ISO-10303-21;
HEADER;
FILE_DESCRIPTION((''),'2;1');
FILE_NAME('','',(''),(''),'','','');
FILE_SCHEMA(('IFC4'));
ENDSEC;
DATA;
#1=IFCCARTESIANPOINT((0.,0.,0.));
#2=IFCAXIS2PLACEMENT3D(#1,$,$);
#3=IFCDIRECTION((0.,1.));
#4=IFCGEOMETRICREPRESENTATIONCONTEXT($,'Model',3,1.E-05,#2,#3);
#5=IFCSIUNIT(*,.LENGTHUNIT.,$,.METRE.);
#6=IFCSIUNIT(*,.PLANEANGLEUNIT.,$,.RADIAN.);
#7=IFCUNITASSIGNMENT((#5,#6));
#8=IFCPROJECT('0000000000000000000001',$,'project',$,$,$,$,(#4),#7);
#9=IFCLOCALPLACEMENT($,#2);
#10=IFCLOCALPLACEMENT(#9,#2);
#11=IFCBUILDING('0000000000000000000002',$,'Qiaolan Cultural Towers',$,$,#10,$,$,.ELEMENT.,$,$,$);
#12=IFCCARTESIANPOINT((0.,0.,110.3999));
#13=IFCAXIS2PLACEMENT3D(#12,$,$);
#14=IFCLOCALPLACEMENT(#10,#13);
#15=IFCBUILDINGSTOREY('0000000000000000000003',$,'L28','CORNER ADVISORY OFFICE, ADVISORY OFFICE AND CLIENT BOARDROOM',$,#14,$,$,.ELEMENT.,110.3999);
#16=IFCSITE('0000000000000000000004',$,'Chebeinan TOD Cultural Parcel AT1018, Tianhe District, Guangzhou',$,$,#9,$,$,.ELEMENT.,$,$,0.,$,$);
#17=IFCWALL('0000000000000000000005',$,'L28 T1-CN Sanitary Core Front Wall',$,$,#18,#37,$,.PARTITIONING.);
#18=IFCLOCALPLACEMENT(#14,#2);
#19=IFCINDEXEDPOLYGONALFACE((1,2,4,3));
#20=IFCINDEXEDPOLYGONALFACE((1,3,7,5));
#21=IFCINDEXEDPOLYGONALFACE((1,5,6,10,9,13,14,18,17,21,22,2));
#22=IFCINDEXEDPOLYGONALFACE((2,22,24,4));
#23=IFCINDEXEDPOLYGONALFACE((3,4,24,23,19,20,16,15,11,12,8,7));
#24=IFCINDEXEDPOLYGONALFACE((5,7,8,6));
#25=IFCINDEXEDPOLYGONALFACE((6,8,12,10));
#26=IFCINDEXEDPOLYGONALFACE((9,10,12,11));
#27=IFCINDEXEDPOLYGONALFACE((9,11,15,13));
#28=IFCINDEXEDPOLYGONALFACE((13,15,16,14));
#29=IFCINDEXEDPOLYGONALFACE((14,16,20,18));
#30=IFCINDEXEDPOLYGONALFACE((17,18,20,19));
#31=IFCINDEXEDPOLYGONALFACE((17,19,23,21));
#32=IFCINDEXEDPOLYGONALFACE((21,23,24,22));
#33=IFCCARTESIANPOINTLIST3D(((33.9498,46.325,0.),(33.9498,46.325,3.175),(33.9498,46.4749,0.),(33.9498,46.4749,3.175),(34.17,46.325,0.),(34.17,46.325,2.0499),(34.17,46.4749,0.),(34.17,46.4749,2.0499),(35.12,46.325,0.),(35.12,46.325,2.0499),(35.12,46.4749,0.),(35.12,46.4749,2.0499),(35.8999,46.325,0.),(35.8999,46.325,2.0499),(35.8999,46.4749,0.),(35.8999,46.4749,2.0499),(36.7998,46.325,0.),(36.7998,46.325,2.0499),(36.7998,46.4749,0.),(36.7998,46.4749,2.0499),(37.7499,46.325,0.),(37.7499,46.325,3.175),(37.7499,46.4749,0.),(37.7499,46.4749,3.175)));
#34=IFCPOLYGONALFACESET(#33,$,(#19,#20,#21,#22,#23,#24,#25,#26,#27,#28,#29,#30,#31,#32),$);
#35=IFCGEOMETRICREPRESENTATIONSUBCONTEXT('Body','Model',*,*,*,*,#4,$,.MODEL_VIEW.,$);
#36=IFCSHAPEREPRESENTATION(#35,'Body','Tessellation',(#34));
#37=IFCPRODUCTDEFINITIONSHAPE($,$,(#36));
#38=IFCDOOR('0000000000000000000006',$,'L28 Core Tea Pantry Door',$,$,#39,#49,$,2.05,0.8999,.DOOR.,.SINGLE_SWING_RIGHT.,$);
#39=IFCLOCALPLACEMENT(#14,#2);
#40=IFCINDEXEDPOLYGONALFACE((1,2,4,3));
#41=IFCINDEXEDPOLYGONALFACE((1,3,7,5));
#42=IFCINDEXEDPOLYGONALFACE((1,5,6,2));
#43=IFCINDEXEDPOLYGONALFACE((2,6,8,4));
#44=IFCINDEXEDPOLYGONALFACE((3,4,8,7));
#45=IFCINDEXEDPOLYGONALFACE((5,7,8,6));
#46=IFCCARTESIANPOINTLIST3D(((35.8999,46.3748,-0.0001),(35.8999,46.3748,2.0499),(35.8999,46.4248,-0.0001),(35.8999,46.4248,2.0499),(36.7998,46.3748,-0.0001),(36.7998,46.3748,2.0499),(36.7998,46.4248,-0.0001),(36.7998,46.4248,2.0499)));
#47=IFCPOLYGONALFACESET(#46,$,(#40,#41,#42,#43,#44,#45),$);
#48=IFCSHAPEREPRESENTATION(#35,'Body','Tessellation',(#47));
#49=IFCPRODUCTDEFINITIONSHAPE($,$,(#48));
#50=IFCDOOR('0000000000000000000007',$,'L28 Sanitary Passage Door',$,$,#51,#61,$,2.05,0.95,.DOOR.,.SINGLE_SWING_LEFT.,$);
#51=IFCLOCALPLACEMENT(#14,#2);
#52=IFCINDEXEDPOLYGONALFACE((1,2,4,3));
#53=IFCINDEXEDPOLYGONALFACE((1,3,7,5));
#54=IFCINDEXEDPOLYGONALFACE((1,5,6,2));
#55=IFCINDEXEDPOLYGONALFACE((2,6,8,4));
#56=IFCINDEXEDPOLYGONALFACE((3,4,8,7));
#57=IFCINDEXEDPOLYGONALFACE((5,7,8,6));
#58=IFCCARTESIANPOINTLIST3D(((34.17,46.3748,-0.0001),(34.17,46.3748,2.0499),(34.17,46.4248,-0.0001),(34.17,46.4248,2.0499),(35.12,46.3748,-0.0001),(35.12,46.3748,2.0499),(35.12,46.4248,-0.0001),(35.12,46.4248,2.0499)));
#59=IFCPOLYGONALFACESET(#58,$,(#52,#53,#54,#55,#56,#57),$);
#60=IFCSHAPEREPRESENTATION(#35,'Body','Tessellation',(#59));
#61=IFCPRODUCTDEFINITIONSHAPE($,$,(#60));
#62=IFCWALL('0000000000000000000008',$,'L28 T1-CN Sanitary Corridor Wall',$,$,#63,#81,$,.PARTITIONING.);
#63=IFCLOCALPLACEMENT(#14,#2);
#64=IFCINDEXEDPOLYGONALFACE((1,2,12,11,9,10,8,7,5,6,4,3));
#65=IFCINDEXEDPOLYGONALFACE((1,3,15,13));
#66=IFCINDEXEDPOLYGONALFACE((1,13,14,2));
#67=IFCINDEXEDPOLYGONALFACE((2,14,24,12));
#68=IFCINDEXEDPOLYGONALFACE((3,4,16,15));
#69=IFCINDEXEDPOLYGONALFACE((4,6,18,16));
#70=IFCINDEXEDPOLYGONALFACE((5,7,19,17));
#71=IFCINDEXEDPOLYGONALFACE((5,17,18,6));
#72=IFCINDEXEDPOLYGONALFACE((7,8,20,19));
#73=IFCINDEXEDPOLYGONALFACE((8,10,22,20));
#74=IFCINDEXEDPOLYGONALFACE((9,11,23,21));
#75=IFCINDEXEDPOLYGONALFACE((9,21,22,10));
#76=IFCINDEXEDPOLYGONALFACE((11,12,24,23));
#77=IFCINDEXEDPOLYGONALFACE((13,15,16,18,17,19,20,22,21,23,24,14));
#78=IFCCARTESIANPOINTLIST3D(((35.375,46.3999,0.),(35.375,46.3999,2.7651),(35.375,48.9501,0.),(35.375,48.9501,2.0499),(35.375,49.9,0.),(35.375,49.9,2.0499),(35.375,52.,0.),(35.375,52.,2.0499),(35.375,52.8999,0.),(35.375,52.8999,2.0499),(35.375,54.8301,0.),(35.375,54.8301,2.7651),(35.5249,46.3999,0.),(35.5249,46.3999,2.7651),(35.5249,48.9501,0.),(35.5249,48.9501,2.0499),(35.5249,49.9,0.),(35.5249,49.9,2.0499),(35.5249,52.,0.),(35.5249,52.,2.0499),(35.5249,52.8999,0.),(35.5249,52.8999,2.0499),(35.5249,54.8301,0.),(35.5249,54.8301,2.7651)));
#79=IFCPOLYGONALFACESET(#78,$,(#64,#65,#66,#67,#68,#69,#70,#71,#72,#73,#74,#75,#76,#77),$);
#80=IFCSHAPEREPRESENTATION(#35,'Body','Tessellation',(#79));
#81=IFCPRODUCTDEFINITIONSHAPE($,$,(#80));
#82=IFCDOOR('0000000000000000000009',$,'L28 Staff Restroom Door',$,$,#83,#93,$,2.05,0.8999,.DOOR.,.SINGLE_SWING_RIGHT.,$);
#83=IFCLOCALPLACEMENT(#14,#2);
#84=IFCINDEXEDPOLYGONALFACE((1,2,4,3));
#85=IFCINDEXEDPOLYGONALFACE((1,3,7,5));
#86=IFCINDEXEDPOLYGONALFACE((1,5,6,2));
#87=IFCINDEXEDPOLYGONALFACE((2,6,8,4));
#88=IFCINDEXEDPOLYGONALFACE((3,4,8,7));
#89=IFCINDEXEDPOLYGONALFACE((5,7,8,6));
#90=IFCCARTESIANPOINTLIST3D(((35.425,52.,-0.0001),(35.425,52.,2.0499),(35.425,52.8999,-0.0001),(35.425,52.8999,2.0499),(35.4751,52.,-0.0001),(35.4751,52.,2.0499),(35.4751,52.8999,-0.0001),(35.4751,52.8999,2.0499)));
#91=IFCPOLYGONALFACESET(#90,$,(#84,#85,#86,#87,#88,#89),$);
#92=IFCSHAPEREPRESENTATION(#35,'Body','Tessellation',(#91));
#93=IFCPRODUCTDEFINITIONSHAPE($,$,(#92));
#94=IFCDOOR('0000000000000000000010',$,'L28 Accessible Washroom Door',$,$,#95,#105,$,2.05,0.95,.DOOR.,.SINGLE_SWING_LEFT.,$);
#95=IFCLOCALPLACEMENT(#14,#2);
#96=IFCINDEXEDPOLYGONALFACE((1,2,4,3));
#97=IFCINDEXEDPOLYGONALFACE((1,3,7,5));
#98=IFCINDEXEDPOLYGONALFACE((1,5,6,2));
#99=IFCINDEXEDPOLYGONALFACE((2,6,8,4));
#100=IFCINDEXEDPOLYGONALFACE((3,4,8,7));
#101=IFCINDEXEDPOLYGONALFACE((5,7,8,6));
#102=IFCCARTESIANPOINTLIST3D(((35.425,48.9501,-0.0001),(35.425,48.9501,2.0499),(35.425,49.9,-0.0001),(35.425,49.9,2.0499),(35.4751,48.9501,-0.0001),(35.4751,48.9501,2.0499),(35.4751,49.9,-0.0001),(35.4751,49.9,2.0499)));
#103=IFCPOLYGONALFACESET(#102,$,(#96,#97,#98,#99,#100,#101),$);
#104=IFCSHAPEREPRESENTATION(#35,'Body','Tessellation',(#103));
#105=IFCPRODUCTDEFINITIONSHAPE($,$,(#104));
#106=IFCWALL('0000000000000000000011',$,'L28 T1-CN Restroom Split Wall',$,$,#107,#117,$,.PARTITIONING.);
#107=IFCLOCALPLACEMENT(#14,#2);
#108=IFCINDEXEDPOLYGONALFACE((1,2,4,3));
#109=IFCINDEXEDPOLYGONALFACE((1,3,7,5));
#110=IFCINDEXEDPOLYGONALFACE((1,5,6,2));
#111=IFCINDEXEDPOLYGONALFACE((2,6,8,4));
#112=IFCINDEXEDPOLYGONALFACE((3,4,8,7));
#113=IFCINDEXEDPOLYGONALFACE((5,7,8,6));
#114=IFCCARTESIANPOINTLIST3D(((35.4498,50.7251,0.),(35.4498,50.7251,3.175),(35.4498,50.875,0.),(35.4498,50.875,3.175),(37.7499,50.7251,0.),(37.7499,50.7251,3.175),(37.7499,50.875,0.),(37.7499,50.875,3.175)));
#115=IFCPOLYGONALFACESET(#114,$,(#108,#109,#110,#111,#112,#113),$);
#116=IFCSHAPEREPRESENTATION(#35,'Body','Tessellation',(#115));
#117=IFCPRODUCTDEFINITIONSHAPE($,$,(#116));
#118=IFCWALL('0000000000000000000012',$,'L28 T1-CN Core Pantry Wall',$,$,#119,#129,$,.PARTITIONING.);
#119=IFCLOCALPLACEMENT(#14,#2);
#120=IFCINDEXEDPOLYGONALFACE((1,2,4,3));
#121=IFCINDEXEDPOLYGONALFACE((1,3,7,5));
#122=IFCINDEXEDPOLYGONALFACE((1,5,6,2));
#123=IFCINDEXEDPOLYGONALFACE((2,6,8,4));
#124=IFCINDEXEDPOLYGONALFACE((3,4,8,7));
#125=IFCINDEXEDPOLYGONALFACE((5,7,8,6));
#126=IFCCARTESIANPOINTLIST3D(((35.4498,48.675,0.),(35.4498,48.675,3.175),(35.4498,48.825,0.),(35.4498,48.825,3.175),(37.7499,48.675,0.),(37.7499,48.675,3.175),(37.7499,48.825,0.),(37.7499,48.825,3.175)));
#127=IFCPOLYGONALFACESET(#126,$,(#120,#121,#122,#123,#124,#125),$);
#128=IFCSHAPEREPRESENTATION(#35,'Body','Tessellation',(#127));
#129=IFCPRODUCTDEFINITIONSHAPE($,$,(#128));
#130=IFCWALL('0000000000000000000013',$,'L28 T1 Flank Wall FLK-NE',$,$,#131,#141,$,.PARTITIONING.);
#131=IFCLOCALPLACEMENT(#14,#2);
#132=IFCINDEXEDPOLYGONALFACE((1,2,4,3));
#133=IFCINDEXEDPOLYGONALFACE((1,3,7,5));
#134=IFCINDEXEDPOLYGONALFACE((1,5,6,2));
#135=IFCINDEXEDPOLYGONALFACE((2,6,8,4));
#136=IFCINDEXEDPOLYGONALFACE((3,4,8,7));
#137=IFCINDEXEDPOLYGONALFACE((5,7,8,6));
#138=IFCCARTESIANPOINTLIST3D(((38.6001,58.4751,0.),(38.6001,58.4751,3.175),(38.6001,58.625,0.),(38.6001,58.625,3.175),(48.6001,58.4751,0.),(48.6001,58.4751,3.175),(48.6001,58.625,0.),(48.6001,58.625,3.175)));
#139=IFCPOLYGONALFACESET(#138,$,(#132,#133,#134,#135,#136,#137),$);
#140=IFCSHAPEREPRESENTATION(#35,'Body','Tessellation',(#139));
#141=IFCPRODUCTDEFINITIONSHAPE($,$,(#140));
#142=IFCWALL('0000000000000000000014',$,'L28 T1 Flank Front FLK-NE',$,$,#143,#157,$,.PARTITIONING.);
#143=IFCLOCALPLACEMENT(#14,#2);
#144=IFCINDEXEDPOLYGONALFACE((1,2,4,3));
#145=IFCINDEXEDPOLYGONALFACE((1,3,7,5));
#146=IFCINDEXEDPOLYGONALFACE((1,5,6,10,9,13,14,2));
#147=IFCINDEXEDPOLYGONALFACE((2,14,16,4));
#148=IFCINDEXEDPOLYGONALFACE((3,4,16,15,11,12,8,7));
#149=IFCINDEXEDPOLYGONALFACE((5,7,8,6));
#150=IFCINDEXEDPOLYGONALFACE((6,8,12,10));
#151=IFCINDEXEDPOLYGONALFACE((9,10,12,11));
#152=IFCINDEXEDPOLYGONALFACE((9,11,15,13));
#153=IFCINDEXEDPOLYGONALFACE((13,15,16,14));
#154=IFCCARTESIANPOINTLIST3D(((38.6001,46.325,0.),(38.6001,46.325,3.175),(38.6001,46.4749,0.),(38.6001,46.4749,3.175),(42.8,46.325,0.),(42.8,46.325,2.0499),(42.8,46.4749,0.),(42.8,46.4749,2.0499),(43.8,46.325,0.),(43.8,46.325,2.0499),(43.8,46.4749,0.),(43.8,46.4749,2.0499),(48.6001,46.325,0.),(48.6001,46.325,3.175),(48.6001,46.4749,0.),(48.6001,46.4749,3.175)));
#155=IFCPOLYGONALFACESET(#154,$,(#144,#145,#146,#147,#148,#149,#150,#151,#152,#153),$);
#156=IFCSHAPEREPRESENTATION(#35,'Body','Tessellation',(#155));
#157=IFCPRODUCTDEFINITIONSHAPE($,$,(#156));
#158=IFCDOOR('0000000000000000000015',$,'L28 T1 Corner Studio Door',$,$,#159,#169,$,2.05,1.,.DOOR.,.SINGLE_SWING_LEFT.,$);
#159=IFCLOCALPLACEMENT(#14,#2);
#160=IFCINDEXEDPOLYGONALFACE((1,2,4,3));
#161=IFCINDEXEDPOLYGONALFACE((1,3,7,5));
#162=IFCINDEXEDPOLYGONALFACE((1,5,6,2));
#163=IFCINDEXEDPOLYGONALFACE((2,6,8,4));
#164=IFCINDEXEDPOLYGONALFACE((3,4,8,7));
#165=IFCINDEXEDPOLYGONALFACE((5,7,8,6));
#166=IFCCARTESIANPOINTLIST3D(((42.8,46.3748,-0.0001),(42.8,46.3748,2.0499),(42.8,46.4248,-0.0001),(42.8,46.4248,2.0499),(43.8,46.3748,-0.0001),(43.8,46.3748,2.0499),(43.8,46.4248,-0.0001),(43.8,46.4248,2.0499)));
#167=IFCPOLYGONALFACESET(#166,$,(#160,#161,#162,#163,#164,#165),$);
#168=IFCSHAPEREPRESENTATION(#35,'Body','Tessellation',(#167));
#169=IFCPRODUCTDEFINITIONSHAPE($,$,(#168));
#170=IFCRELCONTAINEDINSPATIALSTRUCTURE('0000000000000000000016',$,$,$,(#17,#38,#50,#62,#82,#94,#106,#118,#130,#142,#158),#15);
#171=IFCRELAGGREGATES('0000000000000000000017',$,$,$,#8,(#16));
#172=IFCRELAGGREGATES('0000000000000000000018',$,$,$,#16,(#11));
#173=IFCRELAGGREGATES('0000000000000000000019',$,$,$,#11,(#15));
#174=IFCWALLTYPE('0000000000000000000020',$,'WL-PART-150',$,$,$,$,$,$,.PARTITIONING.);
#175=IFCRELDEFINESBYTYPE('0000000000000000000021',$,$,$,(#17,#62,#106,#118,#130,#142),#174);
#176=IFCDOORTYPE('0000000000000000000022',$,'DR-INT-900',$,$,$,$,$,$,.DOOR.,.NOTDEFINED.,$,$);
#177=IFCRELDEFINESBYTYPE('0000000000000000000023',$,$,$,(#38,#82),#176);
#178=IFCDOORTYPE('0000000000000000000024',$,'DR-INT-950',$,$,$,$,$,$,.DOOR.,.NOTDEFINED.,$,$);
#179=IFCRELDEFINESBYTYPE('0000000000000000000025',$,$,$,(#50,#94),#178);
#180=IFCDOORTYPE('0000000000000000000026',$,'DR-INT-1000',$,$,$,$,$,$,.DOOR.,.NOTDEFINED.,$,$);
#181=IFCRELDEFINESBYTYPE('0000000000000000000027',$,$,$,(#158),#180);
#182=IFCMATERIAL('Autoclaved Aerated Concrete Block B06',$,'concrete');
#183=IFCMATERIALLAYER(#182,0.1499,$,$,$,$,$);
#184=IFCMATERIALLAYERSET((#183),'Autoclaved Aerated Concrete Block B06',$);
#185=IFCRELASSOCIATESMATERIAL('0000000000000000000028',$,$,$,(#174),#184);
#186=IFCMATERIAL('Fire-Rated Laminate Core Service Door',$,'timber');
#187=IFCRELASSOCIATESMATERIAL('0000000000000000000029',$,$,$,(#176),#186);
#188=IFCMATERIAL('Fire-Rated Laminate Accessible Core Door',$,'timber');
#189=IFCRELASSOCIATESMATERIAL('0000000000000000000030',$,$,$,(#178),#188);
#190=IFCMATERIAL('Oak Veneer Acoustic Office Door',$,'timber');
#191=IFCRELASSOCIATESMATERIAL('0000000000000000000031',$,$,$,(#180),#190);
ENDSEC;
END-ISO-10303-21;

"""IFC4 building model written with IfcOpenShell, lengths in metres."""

from ifc_helpers import new_model, si_unit, direction, frame, frame_2d, origin, place, context, subcontext, project, spatial, rectangle, extrude, material, layer, layer_set, type_object, element, fill, save


model = new_model("IFC4")

# Units and contexts
model_context = context("Model", 3, precision=1e-05, world=origin(), true_north=direction((0.0, 1.0)))
body_context = subcontext(model_context, "Body", "Model", "MODEL_VIEW")
ifc_project = project(units=[si_unit("LENGTHUNIT", "METRE"), si_unit("PLANEANGLEUNIT", "RADIAN")], contexts=[model_context])

# Site, building, storey
site_placement = place(None, origin())
site = spatial("IfcSite", under=ifc_project, at=site_placement, Name="Chebeinan TOD Cultural Parcel AT1018, Tianhe District, Guangzhou", CompositionType="ELEMENT", RefElevation=0.0)
building_placement = place(site_placement, origin())
building = spatial("IfcBuilding", under=site, at=building_placement, Name="Qiaolan Cultural Towers", CompositionType="ELEMENT")
storey_placement = place(building_placement, frame((0.0, 0.0, 110.3999)))
storey = spatial("IfcBuildingStorey", under=building, at=storey_placement, Name="L28", Description="CORNER ADVISORY OFFICE, ADVISORY OFFICE AND CLIENT BOARDROOM", CompositionType="ELEMENT", Elevation=110.3999)

# Walls, openings, doors
ifc_material_1 = material(Name="Autoclaved Aerated Concrete Block B06", Category="concrete")
ifc_layer_1 = layer(ifc_material_1, 0.1499)
ifc_layer_set_1 = layer_set([ifc_layer_1], Name="Autoclaved Aerated Concrete Block B06")
wall_type_1 = type_object("IfcWallType", Name="WL-PART-150", PredefinedType="PARTITIONING", material=ifc_layer_set_1)
wall_1_placement = place(storey_placement, frame((33.95, 46.3999, 0.0), z_axis=(0.0, 0.0, 1.0), x_axis=(1.0, 0.0, 0.0)))
wall_1 = element("IfcWall", 1, at=wall_1_placement, inside=storey, type_object=wall_type_1, Name="L28 T1-CN Sanitary Core Front Wall", PredefinedType="PARTITIONING", context=body_context, shape_type="SweptSolid", body=[
    extrude(rectangle(XDim=3.8, YDim=0.1499, at=frame_2d((1.8999, 0.0))), origin(), (0.0, 0.0, 1.0), 3.175),
])
opening_1_placement = place(wall_1_placement, frame((0.22, 0.0, 0.0)))
opening_1 = element("IfcOpeningElement", 2, at=opening_1_placement, cuts=wall_1, PredefinedType="OPENING", context=body_context, shape_type="SweptSolid", body=[
    extrude(rectangle(XDim=0.95, YDim=2.05, at=frame_2d((0.4751, 1.0249))), frame((0.0, 0.085, 0.0), z_axis=(0.0, -1.0, 0.0), x_axis=(1.0, 0.0, 0.0)), (0.0, 0.0, 1.0), 0.1699),
])
opening_2_placement = place(wall_1_placement, frame((1.95, 0.0, 0.0)))
opening_2 = element("IfcOpeningElement", 3, at=opening_2_placement, cuts=wall_1, PredefinedType="OPENING", context=body_context, shape_type="SweptSolid", body=[
    extrude(rectangle(XDim=0.8999, YDim=2.05, at=frame_2d((0.45, 1.0249))), frame((0.0, 0.085, 0.0), z_axis=(0.0, -1.0, 0.0), x_axis=(1.0, 0.0, 0.0)), (0.0, 0.0, 1.0), 0.1699),
])
ifc_material_2 = material(Name="Fire-Rated Laminate Core Service Door", Category="timber")
door_type_1 = type_object("IfcDoorType", Name="DR-INT-900", OperationType="NOTDEFINED", PredefinedType="DOOR", material=ifc_material_2)
door_1_placement = place(opening_2_placement, origin())
door_1 = element("IfcDoor", 4, at=door_1_placement, inside=storey, type_object=door_type_1, Name="L28 Core Tea Pantry Door", OperationType="SINGLE_SWING_RIGHT", OverallHeight=2.05, OverallWidth=0.8999, PredefinedType="DOOR", context=body_context, shape_type="SweptSolid", body=[
    extrude(rectangle(XDim=0.8999, YDim=2.05, at=frame_2d((0.45, 1.0249))), frame((0.0, 0.0249, 0.0), z_axis=(0.0, -1.0, 0.0), x_axis=(1.0, 0.0, 0.0)), (0.0, 0.0, 1.0), 0.05),
])
fill(opening_2, door_1)
ifc_material_3 = material(Name="Fire-Rated Laminate Accessible Core Door", Category="timber")
door_type_2 = type_object("IfcDoorType", Name="DR-INT-950", OperationType="NOTDEFINED", PredefinedType="DOOR", material=ifc_material_3)
door_2_placement = place(opening_1_placement, origin())
door_2 = element("IfcDoor", 5, at=door_2_placement, inside=storey, type_object=door_type_2, Name="L28 Sanitary Passage Door", OperationType="SINGLE_SWING_LEFT", OverallHeight=2.05, OverallWidth=0.95, PredefinedType="DOOR", context=body_context, shape_type="SweptSolid", body=[
    extrude(rectangle(XDim=0.95, YDim=2.05, at=frame_2d((0.4751, 1.0249))), frame((0.0, 0.0249, 0.0), z_axis=(0.0, -1.0, 0.0), x_axis=(1.0, 0.0, 0.0)), (0.0, 0.0, 1.0), 0.05),
])
fill(opening_1, door_2)
wall_2_placement = place(storey_placement, frame((35.45, 46.3999, 0.0), z_axis=(0.0, 0.0, 1.0), x_axis=(0.0, 1.0, 0.0)))
wall_2 = element("IfcWall", 6, at=wall_2_placement, inside=storey, type_object=wall_type_1, Name="L28 T1-CN Sanitary Corridor Wall", PredefinedType="PARTITIONING", context=body_context, shape_type="SweptSolid", body=[
    extrude(rectangle(XDim=8.4302, YDim=0.1499, at=frame_2d((4.2151, 0.0))), origin(), (0.0, 0.0, 1.0), 2.7651),
])
opening_3_placement = place(wall_2_placement, frame((2.55, 0.0, 0.0)))
opening_3 = element("IfcOpeningElement", 7, at=opening_3_placement, cuts=wall_2, PredefinedType="OPENING", context=body_context, shape_type="SweptSolid", body=[
    extrude(rectangle(XDim=0.95, YDim=2.05, at=frame_2d((0.4751, 1.0249))), frame((0.0, 0.085, 0.0), z_axis=(0.0, -1.0, 0.0), x_axis=(1.0, 0.0, 0.0)), (0.0, 0.0, 1.0), 0.1699),
])
opening_4_placement = place(wall_2_placement, frame((5.6001, 0.0, 0.0)))
opening_4 = element("IfcOpeningElement", 8, at=opening_4_placement, cuts=wall_2, PredefinedType="OPENING", context=body_context, shape_type="SweptSolid", body=[
    extrude(rectangle(XDim=0.8999, YDim=2.05, at=frame_2d((0.45, 1.0249))), frame((0.0, 0.085, 0.0), z_axis=(0.0, -1.0, 0.0), x_axis=(1.0, 0.0, 0.0)), (0.0, 0.0, 1.0), 0.1699),
])
door_3_placement = place(opening_4_placement, origin())
door_3 = element("IfcDoor", 9, at=door_3_placement, inside=storey, type_object=door_type_1, Name="L28 Staff Restroom Door", OperationType="SINGLE_SWING_RIGHT", OverallHeight=2.05, OverallWidth=0.8999, PredefinedType="DOOR", context=body_context, shape_type="SweptSolid", body=[
    extrude(rectangle(XDim=0.8999, YDim=2.05, at=frame_2d((0.45, 1.0249))), frame((0.0, 0.0249, 0.0), z_axis=(0.0, -1.0, 0.0), x_axis=(1.0, 0.0, 0.0)), (0.0, 0.0, 1.0), 0.05),
])
fill(opening_4, door_3)
door_4_placement = place(opening_3_placement, origin())
door_4 = element("IfcDoor", 10, at=door_4_placement, inside=storey, type_object=door_type_2, Name="L28 Accessible Washroom Door", OperationType="SINGLE_SWING_LEFT", OverallHeight=2.05, OverallWidth=0.95, PredefinedType="DOOR", context=body_context, shape_type="SweptSolid", body=[
    extrude(rectangle(XDim=0.95, YDim=2.05, at=frame_2d((0.4751, 1.0249))), frame((0.0, 0.0249, 0.0), z_axis=(0.0, -1.0, 0.0), x_axis=(1.0, 0.0, 0.0)), (0.0, 0.0, 1.0), 0.05),
])
fill(opening_3, door_4)

# Walls
for number, where, z_axis, x_axis, name in (
    (11, (35.45, 50.8, 0.0), (0.0, 0.0, 1.0), (1.0, 0.0, 0.0), "L28 T1-CN Restroom Split Wall"),
    (12, (35.45, 48.75, 0.0), (0.0, 0.0, 1.0), (1.0, 0.0, 0.0), "L28 T1-CN Core Pantry Wall"),
):
    element("IfcWall", number, at=place(storey_placement, frame(where, z_axis=z_axis, x_axis=x_axis)), inside=storey, type_object=wall_type_1, Name=name, PredefinedType="PARTITIONING", context=body_context, shape_type="SweptSolid", body=[
        extrude(rectangle(XDim=2.3, YDim=0.1499, at=frame_2d((1.1499, 0.0))), origin(), (0.0, 0.0, 1.0), 3.175),
    ])
wall_3_placement = place(storey_placement, frame((38.6001, 58.55, 0.0), z_axis=(0.0, 0.0, 1.0), x_axis=(1.0, 0.0, 0.0)))
element("IfcWall", 13, at=wall_3_placement, inside=storey, type_object=wall_type_1, Name="L28 T1 Flank Wall FLK-NE", PredefinedType="PARTITIONING", context=body_context, shape_type="SweptSolid", body=[
    extrude(rectangle(XDim=10.0, YDim=0.1499, at=frame_2d((5.0, 0.0))), origin(), (0.0, 0.0, 1.0), 3.175),
])

# Wall, opening, door
wall_4_placement = place(storey_placement, frame((38.6001, 46.3999, 0.0), z_axis=(0.0, 0.0, 1.0), x_axis=(1.0, 0.0, 0.0)))
wall_4 = element("IfcWall", 14, at=wall_4_placement, inside=storey, type_object=wall_type_1, Name="L28 T1 Flank Front FLK-NE", PredefinedType="PARTITIONING", context=body_context, shape_type="SweptSolid", body=[
    extrude(rectangle(XDim=10.0, YDim=0.1499, at=frame_2d((5.0, 0.0))), origin(), (0.0, 0.0, 1.0), 3.175),
])
opening_5_placement = place(wall_4_placement, frame((4.2, 0.0, 0.0)))
opening_5 = element("IfcOpeningElement", 15, at=opening_5_placement, cuts=wall_4, PredefinedType="OPENING", context=body_context, shape_type="SweptSolid", body=[
    extrude(rectangle(XDim=1.0, YDim=2.05, at=frame_2d((0.5, 1.0249))), frame((0.0, 0.085, 0.0), z_axis=(0.0, -1.0, 0.0), x_axis=(1.0, 0.0, 0.0)), (0.0, 0.0, 1.0), 0.1699),
])
ifc_material_4 = material(Name="Oak Veneer Acoustic Office Door", Category="timber")
door_type_3 = type_object("IfcDoorType", Name="DR-INT-1000", OperationType="NOTDEFINED", PredefinedType="DOOR", material=ifc_material_4)
door_5_placement = place(opening_5_placement, origin())
door_5 = element("IfcDoor", 16, at=door_5_placement, inside=storey, type_object=door_type_3, Name="L28 T1 Corner Studio Door", OperationType="SINGLE_SWING_LEFT", OverallHeight=2.05, OverallWidth=1.0, PredefinedType="DOOR", context=body_context, shape_type="SweptSolid", body=[
    extrude(rectangle(XDim=1.0, YDim=2.05, at=frame_2d((0.5, 1.0249))), frame((0.0, 0.0249, 0.0), z_axis=(0.0, -1.0, 0.0), x_axis=(1.0, 0.0, 0.0)), (0.0, 0.0, 1.0), 0.05),
])
fill(opening_5, door_5)

save(model, "model.ifc")
